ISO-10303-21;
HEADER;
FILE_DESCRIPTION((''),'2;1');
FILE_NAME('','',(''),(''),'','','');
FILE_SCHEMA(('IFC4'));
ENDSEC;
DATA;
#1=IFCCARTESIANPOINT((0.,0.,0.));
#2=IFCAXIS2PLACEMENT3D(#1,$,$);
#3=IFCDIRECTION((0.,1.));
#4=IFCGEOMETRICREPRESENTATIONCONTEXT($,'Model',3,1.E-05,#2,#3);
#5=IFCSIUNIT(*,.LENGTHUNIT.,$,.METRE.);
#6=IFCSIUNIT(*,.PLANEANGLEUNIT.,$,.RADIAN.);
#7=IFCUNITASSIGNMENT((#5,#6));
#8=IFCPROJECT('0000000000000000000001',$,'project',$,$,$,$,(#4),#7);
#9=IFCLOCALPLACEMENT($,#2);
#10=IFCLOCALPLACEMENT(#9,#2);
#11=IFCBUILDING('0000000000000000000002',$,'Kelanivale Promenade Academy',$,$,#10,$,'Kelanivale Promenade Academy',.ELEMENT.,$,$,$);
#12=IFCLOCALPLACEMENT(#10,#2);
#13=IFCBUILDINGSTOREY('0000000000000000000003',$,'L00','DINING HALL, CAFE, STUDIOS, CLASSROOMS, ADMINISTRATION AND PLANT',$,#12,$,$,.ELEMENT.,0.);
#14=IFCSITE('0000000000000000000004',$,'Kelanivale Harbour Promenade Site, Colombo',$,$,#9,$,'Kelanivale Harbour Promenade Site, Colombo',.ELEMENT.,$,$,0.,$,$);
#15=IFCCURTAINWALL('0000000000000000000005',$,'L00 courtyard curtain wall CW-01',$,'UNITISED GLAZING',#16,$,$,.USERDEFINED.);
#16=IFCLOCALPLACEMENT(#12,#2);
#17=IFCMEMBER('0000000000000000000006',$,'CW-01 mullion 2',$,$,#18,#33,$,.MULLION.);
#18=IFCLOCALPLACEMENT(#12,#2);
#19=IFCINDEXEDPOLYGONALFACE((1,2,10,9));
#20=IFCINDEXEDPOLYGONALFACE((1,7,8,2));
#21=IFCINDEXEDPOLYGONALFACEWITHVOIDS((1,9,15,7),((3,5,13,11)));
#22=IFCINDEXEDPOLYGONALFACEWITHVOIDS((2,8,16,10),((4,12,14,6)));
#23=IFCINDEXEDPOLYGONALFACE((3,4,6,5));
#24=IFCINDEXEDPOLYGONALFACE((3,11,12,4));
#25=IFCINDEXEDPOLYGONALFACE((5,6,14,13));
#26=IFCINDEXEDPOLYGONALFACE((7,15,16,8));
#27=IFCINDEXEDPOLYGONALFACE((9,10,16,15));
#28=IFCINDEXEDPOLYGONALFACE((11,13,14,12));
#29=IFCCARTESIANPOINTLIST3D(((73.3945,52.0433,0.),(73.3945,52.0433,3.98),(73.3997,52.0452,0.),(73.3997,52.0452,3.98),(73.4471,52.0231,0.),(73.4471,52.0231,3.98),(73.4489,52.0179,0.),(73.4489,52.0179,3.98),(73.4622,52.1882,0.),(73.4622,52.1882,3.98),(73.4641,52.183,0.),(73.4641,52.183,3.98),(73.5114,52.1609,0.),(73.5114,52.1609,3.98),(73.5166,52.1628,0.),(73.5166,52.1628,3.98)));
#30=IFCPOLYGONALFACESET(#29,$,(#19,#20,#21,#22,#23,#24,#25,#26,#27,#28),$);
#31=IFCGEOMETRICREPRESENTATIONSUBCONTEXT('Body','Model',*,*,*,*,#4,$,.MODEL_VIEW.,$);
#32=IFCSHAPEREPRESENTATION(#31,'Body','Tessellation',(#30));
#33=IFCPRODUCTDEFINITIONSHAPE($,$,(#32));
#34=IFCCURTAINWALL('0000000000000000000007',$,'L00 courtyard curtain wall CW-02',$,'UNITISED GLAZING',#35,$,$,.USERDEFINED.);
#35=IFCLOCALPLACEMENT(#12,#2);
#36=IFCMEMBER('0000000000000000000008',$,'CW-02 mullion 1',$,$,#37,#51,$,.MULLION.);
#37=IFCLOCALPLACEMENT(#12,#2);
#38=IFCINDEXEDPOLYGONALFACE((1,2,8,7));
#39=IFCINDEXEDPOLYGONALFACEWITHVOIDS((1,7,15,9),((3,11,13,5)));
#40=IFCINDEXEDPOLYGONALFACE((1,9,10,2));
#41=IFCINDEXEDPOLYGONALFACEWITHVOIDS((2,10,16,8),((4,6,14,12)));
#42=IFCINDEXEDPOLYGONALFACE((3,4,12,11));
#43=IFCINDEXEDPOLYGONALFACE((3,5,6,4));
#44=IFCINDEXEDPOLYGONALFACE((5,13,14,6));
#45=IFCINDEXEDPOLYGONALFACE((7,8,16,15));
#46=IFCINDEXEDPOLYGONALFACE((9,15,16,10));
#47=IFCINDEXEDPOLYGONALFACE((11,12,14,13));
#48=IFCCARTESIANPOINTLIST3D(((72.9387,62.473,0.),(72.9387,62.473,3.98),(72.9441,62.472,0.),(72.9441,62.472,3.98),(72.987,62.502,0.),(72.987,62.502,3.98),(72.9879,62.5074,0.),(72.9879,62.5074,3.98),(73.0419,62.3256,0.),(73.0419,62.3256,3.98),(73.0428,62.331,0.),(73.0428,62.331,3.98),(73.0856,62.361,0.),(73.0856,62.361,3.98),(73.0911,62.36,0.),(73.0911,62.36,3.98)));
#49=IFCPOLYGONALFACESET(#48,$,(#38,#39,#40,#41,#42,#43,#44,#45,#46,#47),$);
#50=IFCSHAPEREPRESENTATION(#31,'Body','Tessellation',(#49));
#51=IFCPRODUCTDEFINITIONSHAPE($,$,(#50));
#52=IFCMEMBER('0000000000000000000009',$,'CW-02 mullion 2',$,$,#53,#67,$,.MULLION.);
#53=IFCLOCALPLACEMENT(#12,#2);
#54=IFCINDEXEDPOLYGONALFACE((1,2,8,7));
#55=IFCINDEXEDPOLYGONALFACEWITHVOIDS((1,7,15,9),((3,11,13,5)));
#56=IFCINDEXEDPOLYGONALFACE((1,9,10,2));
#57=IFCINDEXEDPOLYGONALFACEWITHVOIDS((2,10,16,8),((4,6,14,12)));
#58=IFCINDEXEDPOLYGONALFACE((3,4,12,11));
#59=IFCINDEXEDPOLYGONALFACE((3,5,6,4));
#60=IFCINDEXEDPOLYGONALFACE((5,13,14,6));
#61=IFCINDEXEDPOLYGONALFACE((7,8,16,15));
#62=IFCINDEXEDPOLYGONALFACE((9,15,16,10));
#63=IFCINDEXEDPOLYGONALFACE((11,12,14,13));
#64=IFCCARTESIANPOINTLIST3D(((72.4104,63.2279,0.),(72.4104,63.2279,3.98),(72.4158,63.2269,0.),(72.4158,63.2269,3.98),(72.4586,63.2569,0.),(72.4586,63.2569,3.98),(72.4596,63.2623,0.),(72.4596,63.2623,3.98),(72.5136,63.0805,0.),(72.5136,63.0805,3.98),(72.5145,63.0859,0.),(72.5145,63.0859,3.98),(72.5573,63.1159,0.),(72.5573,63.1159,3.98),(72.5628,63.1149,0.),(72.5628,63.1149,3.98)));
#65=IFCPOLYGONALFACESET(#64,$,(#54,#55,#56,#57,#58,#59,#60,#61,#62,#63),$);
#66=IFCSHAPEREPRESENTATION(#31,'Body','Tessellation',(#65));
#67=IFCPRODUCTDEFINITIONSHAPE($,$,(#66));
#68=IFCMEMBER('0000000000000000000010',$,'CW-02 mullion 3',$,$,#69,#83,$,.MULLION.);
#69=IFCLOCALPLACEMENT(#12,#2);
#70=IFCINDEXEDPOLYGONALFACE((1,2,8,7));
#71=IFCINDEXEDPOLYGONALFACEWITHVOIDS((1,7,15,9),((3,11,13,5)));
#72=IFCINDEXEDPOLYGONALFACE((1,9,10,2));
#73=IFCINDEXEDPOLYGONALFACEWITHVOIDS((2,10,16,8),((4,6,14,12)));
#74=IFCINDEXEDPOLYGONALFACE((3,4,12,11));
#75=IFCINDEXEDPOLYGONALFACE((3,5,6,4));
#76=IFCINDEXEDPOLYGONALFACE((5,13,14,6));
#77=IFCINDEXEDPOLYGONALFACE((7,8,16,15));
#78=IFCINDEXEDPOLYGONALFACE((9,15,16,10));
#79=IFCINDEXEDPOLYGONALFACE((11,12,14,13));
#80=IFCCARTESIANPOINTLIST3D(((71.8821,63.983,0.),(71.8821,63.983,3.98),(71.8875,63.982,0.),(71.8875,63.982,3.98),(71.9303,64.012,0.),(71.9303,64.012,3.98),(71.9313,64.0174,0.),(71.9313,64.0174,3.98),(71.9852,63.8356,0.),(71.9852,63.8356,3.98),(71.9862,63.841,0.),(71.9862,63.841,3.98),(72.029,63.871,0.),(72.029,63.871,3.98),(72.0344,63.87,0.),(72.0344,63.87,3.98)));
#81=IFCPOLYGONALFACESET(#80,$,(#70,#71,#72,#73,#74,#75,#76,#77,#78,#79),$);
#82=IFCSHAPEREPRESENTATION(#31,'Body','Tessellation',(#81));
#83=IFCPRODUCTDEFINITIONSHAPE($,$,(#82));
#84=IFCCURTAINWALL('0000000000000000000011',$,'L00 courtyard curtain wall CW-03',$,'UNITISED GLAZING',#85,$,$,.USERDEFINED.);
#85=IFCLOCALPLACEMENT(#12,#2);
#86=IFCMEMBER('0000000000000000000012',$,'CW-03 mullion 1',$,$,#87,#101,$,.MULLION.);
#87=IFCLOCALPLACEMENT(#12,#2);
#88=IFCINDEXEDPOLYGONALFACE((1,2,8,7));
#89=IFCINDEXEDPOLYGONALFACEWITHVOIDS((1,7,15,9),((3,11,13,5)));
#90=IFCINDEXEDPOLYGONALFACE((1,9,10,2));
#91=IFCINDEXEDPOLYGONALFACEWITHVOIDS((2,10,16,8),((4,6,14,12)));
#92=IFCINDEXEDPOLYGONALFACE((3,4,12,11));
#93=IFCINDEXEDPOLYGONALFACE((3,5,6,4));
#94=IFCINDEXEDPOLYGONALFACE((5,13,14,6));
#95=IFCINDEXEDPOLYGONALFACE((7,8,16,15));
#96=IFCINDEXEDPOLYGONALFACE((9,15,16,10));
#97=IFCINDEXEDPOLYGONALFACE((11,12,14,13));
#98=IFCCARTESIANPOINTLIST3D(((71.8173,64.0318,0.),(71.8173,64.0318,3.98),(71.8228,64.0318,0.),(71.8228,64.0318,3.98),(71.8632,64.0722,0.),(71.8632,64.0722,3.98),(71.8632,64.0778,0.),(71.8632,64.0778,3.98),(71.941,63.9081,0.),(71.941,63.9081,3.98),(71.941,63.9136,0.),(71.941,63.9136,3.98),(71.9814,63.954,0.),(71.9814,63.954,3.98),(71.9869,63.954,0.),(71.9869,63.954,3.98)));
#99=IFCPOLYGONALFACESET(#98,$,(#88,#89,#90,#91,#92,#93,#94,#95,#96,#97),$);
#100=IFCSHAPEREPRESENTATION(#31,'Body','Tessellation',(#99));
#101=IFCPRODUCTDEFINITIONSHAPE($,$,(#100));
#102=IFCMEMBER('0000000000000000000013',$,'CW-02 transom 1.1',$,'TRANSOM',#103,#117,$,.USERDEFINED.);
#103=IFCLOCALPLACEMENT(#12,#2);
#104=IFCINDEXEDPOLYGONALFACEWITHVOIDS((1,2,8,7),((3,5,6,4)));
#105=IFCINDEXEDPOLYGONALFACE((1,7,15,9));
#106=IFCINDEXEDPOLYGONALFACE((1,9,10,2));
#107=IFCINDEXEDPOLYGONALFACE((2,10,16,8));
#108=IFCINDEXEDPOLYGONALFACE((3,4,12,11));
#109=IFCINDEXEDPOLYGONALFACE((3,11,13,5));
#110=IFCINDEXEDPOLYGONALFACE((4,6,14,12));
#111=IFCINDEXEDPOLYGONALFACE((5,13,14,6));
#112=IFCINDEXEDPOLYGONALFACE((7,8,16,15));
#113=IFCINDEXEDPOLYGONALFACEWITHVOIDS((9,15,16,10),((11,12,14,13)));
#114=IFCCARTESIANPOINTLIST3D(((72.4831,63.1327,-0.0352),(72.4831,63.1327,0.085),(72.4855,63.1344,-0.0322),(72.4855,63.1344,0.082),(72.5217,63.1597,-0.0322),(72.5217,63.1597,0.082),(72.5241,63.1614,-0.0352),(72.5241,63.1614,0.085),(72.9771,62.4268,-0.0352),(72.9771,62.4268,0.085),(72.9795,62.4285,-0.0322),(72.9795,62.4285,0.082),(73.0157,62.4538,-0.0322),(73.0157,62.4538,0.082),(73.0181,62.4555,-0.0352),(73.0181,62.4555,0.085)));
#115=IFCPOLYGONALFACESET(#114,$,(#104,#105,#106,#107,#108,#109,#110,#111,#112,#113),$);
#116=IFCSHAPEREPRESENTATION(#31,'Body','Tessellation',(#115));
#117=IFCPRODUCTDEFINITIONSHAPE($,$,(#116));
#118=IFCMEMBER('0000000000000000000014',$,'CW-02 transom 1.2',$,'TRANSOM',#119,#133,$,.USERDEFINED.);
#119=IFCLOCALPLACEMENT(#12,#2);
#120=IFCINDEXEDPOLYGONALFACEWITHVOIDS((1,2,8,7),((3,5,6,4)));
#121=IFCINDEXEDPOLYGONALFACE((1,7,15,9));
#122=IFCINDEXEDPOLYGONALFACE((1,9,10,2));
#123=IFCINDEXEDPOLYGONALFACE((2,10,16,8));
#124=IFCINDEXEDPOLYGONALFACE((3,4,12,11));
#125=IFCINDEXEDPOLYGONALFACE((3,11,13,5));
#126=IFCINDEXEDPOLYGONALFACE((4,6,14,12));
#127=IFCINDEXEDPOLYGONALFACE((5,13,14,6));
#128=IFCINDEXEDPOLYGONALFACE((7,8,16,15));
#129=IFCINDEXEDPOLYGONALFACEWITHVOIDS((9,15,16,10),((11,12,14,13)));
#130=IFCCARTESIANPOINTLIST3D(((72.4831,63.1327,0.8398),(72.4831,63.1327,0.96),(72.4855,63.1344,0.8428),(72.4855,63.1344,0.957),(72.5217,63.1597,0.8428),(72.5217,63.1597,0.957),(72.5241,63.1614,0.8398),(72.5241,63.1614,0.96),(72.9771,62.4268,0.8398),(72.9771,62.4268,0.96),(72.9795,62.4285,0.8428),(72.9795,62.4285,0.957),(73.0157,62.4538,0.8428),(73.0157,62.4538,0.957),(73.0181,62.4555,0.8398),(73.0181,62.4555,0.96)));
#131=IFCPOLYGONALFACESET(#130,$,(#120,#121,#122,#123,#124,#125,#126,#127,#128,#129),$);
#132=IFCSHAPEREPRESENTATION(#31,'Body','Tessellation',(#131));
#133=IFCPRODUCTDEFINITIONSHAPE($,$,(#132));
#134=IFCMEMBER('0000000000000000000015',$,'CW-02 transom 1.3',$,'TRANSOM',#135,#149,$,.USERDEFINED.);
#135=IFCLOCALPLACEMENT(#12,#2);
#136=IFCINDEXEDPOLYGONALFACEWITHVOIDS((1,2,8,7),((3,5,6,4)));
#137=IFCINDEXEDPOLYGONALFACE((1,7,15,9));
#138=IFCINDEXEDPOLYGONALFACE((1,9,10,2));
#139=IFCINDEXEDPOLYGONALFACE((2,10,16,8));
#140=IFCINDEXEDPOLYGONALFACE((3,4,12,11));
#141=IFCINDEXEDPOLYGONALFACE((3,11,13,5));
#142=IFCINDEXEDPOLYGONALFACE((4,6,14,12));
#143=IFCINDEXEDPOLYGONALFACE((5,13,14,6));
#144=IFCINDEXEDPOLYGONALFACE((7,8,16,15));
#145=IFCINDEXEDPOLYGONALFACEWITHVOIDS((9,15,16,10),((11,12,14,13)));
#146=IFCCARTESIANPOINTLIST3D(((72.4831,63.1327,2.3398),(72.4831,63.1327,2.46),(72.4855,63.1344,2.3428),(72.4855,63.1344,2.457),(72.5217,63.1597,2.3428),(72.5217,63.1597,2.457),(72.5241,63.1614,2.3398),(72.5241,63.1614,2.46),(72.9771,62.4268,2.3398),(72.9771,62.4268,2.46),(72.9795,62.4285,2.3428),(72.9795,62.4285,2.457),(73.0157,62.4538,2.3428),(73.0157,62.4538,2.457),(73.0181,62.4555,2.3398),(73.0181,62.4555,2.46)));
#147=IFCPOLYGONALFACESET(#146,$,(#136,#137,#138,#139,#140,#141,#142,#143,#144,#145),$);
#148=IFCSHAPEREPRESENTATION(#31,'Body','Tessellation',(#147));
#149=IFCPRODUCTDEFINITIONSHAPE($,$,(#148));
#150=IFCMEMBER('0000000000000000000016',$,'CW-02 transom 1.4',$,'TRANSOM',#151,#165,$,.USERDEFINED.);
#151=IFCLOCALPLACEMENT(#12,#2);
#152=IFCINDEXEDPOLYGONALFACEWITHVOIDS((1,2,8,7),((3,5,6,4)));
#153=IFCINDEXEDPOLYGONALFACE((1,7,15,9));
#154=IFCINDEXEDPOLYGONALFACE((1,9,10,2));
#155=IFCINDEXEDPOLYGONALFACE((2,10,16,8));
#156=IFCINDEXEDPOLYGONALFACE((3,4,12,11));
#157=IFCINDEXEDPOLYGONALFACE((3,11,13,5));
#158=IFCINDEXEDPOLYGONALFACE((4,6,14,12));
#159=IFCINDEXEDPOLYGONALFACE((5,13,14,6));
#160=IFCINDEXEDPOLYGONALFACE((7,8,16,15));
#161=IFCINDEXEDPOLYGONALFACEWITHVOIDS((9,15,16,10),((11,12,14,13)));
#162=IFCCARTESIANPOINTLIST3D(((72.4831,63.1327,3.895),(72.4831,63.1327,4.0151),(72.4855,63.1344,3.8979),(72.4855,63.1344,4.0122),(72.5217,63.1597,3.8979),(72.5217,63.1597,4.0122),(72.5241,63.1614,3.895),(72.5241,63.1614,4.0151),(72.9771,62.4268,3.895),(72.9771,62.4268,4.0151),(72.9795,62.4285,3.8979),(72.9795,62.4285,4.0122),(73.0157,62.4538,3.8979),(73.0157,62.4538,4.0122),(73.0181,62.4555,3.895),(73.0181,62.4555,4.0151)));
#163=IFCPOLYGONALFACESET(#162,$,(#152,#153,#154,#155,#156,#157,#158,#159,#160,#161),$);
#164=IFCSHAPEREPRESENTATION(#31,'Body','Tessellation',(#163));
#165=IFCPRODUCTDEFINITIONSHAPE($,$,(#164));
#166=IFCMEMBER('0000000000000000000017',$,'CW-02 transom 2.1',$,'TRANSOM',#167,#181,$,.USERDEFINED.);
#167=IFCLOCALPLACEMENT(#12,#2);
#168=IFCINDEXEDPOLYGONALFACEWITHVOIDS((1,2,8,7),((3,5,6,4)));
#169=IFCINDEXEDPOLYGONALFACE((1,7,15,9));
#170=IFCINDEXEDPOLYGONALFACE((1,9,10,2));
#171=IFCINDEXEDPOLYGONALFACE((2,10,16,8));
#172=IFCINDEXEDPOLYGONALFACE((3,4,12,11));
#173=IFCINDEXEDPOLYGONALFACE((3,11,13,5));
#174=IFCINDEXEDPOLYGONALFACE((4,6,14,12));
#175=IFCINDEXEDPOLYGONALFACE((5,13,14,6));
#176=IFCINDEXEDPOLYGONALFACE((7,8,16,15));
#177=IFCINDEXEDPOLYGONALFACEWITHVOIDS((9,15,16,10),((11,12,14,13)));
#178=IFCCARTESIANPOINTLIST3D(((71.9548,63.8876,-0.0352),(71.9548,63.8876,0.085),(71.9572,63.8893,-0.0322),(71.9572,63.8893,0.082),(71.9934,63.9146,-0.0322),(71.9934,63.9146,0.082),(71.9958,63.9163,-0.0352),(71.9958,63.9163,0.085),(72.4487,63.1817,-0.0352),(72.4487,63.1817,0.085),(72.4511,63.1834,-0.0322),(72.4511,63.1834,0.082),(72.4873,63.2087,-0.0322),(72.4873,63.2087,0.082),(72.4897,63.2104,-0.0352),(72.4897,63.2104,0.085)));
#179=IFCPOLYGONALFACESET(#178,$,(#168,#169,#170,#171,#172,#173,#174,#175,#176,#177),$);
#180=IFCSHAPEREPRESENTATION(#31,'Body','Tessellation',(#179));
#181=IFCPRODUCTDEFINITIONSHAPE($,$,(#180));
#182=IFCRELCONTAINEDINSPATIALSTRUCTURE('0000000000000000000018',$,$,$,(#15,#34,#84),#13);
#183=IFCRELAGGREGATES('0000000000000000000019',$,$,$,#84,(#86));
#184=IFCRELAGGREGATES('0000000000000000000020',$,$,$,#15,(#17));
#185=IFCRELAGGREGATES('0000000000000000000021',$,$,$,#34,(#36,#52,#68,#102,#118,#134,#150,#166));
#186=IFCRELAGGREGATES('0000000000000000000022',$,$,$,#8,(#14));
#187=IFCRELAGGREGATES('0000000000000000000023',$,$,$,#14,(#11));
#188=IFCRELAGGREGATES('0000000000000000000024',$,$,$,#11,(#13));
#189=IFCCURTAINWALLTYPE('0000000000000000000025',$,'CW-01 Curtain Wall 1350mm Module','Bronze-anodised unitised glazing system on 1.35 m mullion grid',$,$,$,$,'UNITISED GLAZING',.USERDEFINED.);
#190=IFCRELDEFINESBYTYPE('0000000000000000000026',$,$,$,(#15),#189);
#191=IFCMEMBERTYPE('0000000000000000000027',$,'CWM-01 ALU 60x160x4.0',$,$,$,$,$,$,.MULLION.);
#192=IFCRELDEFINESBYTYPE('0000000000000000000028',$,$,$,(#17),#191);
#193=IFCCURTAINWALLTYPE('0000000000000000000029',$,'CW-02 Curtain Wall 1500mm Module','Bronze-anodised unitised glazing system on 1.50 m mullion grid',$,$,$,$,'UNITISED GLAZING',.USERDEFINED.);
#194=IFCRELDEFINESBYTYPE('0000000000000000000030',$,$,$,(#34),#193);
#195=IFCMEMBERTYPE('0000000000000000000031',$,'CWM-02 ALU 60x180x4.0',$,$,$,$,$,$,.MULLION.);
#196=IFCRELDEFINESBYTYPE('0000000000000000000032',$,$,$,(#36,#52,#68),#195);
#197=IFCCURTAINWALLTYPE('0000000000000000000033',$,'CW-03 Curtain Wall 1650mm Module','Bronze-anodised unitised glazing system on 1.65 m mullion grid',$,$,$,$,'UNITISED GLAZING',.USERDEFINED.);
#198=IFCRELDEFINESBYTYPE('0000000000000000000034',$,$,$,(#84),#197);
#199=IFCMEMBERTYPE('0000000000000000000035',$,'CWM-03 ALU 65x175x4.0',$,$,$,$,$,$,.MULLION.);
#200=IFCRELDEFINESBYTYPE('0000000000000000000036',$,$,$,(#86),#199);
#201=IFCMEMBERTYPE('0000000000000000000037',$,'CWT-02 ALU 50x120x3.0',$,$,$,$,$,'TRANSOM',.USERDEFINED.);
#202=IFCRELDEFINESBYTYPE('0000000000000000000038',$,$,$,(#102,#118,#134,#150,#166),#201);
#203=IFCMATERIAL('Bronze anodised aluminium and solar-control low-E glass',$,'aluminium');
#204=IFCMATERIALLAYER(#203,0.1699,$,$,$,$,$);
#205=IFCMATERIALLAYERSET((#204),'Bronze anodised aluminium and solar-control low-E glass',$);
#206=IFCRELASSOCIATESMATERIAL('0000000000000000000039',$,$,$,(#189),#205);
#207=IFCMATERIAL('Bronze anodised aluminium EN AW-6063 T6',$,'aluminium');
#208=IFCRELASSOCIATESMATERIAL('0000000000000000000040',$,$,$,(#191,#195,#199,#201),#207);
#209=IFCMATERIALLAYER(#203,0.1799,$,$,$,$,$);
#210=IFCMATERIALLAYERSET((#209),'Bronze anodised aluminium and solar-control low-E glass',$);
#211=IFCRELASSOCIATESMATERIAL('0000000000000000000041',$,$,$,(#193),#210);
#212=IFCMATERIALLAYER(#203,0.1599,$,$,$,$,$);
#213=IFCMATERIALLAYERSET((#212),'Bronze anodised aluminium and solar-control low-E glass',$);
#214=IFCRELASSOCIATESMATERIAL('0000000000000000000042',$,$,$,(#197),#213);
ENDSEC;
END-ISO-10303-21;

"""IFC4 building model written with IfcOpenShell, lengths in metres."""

from ifc_helpers import new_model, si_unit, direction, frame, origin, origin_2d, place, context, subcontext, project, spatial, hollow_rectangle, extrude, material, layer, layer_set, material_profile, profile_set, type_object, element, aggregate, save


model = new_model("IFC4")

# Units and contexts
model_context = context("Model", 3, precision=1e-05, world=origin(), true_north=direction((0.0, 1.0)))
body_context = subcontext(model_context, "Body", "Model", "MODEL_VIEW")
ifc_project = project(units=[si_unit("LENGTHUNIT", "METRE"), si_unit("PLANEANGLEUNIT", "RADIAN")], contexts=[model_context])

# Site, building, storey
site_placement = place(None, origin())
site = spatial("IfcSite", under=ifc_project, at=site_placement, Name="Kelanivale Harbour Promenade Site, Colombo", LongName="Kelanivale Harbour Promenade Site, Colombo", CompositionType="ELEMENT", RefElevation=0.0)
building_placement = place(site_placement, origin())
building = spatial("IfcBuilding", under=site, at=building_placement, Name="Kelanivale Promenade Academy", LongName="Kelanivale Promenade Academy", CompositionType="ELEMENT")
storey_placement = place(building_placement, origin())
storey = spatial("IfcBuildingStorey", under=building, at=storey_placement, Name="L00", Description="DINING HALL, CAFE, STUDIOS, CLASSROOMS, ADMINISTRATION AND PLANT", CompositionType="ELEMENT", Elevation=0.0)

# Curtain wall, member
ifc_material_1 = material(Name="Bronze anodised aluminium and solar-control low-E glass", Category="aluminium")
ifc_layer_1 = layer(ifc_material_1, 0.1699)
ifc_layer_set_1 = layer_set([ifc_layer_1], Name="Bronze anodised aluminium and solar-control low-E glass")
curtain_wall_type_1 = type_object("IfcCurtainWallType", Name="CW-01 Curtain Wall 1350mm Module", Description="Bronze-anodised unitised glazing system on 1.35 m mullion grid", ElementType="UNITISED GLAZING", PredefinedType="USERDEFINED", material=ifc_layer_set_1)
curtain_wall_1_placement = place(storey_placement, origin())
curtain_wall_1 = element("IfcCurtainWall", 1, at=curtain_wall_1_placement, inside=storey, type_object=curtain_wall_type_1, Name="L00 courtyard curtain wall CW-01", ObjectType="UNITISED GLAZING", PredefinedType="USERDEFINED")
ifc_material_2 = material(Name="Bronze anodised aluminium EN AW-6063 T6", Category="aluminium")
ifc_material_profile_1 = material_profile(ifc_material_2, hollow_rectangle(XDim=0.0601, YDim=0.1599, WallThickness=0.0039, at=origin_2d()), Name="ALU 60x160x4.0")
ifc_profile_set_1 = profile_set([ifc_material_profile_1], Name="Bronze anodised aluminium EN AW-6063 T6")
member_type_1 = type_object("IfcMemberType", Name="CWM-01 ALU 60x160x4.0", PredefinedType="MULLION", material=ifc_profile_set_1)
member_1_placement = place(storey_placement, frame((73.4556, 52.103, 0.0), z_axis=(0.0, 0.0, 1.0), x_axis=(-0.906089, 0.423087, 0.0)))
member_1 = element("IfcMember", 2, at=member_1_placement, type_object=member_type_1, Name="CW-01 mullion 2", PredefinedType="MULLION", context=body_context, shape_type="SweptSolid", body=[
    extrude(hollow_rectangle(XDim=0.0601, YDim=0.1599, WallThickness=0.0039, at=origin_2d()), origin(), (0.0, 0.0, 1.0), 3.98),
])

# Curtain wall, members
ifc_layer_2 = layer(ifc_material_1, 0.1799)
ifc_layer_set_2 = layer_set([ifc_layer_2], Name="Bronze anodised aluminium and solar-control low-E glass")
curtain_wall_type_2 = type_object("IfcCurtainWallType", Name="CW-02 Curtain Wall 1500mm Module", Description="Bronze-anodised unitised glazing system on 1.50 m mullion grid", ElementType="UNITISED GLAZING", PredefinedType="USERDEFINED", material=ifc_layer_set_2)
curtain_wall_2_placement = place(storey_placement, origin())
curtain_wall_2 = element("IfcCurtainWall", 3, at=curtain_wall_2_placement, inside=storey, type_object=curtain_wall_type_2, Name="L00 courtyard curtain wall CW-02", ObjectType="UNITISED GLAZING", PredefinedType="USERDEFINED")
ifc_material_profile_2 = material_profile(ifc_material_2, hollow_rectangle(XDim=0.0601, YDim=0.1799, WallThickness=0.0039, at=origin_2d()), Name="ALU 60x180x4.0")
ifc_profile_set_2 = profile_set([ifc_material_profile_2], Name="Bronze anodised aluminium EN AW-6063 T6")
member_type_2 = type_object("IfcMemberType", Name="CWM-02 ALU 60x180x4.0", PredefinedType="MULLION", material=ifc_profile_set_2)
member_2_placement = place(storey_placement, frame((73.0149, 62.4165, 0.0), z_axis=(0.0, 0.0, 1.0), x_axis=(-0.819306, -0.573357, 0.0)))
member_2 = element("IfcMember", 4, at=member_2_placement, type_object=member_type_2, Name="CW-02 mullion 1", PredefinedType="MULLION", context=body_context, shape_type="SweptSolid", body=[
    extrude(hollow_rectangle(XDim=0.0601, YDim=0.1799, WallThickness=0.0039, at=origin_2d()), origin(), (0.0, 0.0, 1.0), 3.98),
])
member_3_placement = place(storey_placement, frame((72.4866, 63.1714, 0.0), z_axis=(0.0, 0.0, 1.0), x_axis=(-0.819306, -0.573357, 0.0)))
member_3 = element("IfcMember", 5, at=member_3_placement, type_object=member_type_2, Name="CW-02 mullion 2", PredefinedType="MULLION", context=body_context, shape_type="SweptSolid", body=[
    extrude(hollow_rectangle(XDim=0.0601, YDim=0.1799, WallThickness=0.0039, at=origin_2d()), origin(), (0.0, 0.0, 1.0), 3.98),
])
member_4_placement = place(storey_placement, frame((71.9583, 63.9265, 0.0), z_axis=(0.0, 0.0, 1.0), x_axis=(-0.819306, -0.573357, 0.0)))
member_4 = element("IfcMember", 6, at=member_4_placement, type_object=member_type_2, Name="CW-02 mullion 3", PredefinedType="MULLION", context=body_context, shape_type="SweptSolid", body=[
    extrude(hollow_rectangle(XDim=0.0601, YDim=0.1799, WallThickness=0.0039, at=origin_2d()), origin(), (0.0, 0.0, 1.0), 3.98),
])

# Curtain wall, member
ifc_layer_3 = layer(ifc_material_1, 0.1599)
ifc_layer_set_3 = layer_set([ifc_layer_3], Name="Bronze anodised aluminium and solar-control low-E glass")
curtain_wall_type_3 = type_object("IfcCurtainWallType", Name="CW-03 Curtain Wall 1650mm Module", Description="Bronze-anodised unitised glazing system on 1.65 m mullion grid", ElementType="UNITISED GLAZING", PredefinedType="USERDEFINED", material=ifc_layer_set_3)
curtain_wall_3_placement = place(storey_placement, origin())
curtain_wall_3 = element("IfcCurtainWall", 7, at=curtain_wall_3_placement, inside=storey, type_object=curtain_wall_type_3, Name="L00 courtyard curtain wall CW-03", ObjectType="UNITISED GLAZING", PredefinedType="USERDEFINED")
ifc_material_profile_3 = material_profile(ifc_material_2, hollow_rectangle(XDim=0.0649, YDim=0.175, WallThickness=0.0039, at=origin_2d()), Name="ALU 65x175x4.0")
ifc_profile_set_3 = profile_set([ifc_material_profile_3], Name="Bronze anodised aluminium EN AW-6063 T6")
member_type_3 = type_object("IfcMemberType", Name="CWM-03 ALU 65x175x4.0", PredefinedType="MULLION", material=ifc_profile_set_3)
member_5_placement = place(storey_placement, frame((71.9021, 63.9929, 0.0), z_axis=(0.0, 0.0, 1.0), x_axis=(-0.707107, -0.707107, 0.0)))
member_5 = element("IfcMember", 8, at=member_5_placement, type_object=member_type_3, Name="CW-03 mullion 1", PredefinedType="MULLION", context=body_context, shape_type="SweptSolid", body=[
    extrude(hollow_rectangle(XDim=0.0649, YDim=0.175, WallThickness=0.0039, at=origin_2d()), origin(), (0.0, 0.0, 1.0), 3.98),
])

# Members
ifc_material_profile_4 = material_profile(ifc_material_2, hollow_rectangle(XDim=0.05, YDim=0.1201, WallThickness=0.0029, at=origin_2d()), Name="ALU 50x120x3.0")
ifc_profile_set_4 = profile_set([ifc_material_profile_4], Name="Bronze anodised aluminium EN AW-6063 T6")
member_type_4 = type_object("IfcMemberType", Name="CWT-02 ALU 50x120x3.0", ElementType="TRANSOM", PredefinedType="USERDEFINED", material=ifc_profile_set_4)
member_6_placement = place(storey_placement, frame((72.9976, 62.4412, 0.0249), z_axis=(-0.573329, 0.819325, 0.0), x_axis=(-0.819325, -0.573329, 0.0)))
member_6 = element("IfcMember", 9, at=member_6_placement, type_object=member_type_4, Name="CW-02 transom 1.1", ObjectType="TRANSOM", PredefinedType="USERDEFINED", context=body_context, shape_type="SweptSolid", body=[
    extrude(hollow_rectangle(XDim=0.05, YDim=0.1201, WallThickness=0.0029, at=origin_2d()), origin(), (0.0, 0.0, 1.0), 0.8616),
])
member_7_placement = place(storey_placement, frame((72.9976, 62.4412, 0.8999), z_axis=(-0.573329, 0.819325, 0.0), x_axis=(-0.819325, -0.573329, 0.0)))
member_7 = element("IfcMember", 10, at=member_7_placement, type_object=member_type_4, Name="CW-02 transom 1.2", ObjectType="TRANSOM", PredefinedType="USERDEFINED", context=body_context, shape_type="SweptSolid", body=[
    extrude(hollow_rectangle(XDim=0.05, YDim=0.1201, WallThickness=0.0029, at=origin_2d()), origin(), (0.0, 0.0, 1.0), 0.8616),
])
member_8_placement = place(storey_placement, frame((72.9976, 62.4412, 2.3999), z_axis=(-0.573329, 0.819325, 0.0), x_axis=(-0.819325, -0.573329, 0.0)))
member_8 = element("IfcMember", 11, at=member_8_placement, type_object=member_type_4, Name="CW-02 transom 1.3", ObjectType="TRANSOM", PredefinedType="USERDEFINED", context=body_context, shape_type="SweptSolid", body=[
    extrude(hollow_rectangle(XDim=0.05, YDim=0.1201, WallThickness=0.0029, at=origin_2d()), origin(), (0.0, 0.0, 1.0), 0.8616),
])
member_9_placement = place(storey_placement, frame((72.9976, 62.4412, 3.9551), z_axis=(-0.573329, 0.819325, 0.0), x_axis=(-0.819325, -0.573329, 0.0)))
member_9 = element("IfcMember", 12, at=member_9_placement, type_object=member_type_4, Name="CW-02 transom 1.4", ObjectType="TRANSOM", PredefinedType="USERDEFINED", context=body_context, shape_type="SweptSolid", body=[
    extrude(hollow_rectangle(XDim=0.05, YDim=0.1201, WallThickness=0.0029, at=origin_2d()), origin(), (0.0, 0.0, 1.0), 0.8616),
])
member_10_placement = place(storey_placement, frame((72.4692, 63.196, 0.0249), z_axis=(-0.573329, 0.819325, 0.0), x_axis=(-0.819325, -0.573329, 0.0)))
member_10 = element("IfcMember", 13, at=member_10_placement, type_object=member_type_4, Name="CW-02 transom 2.1", ObjectType="TRANSOM", PredefinedType="USERDEFINED", context=body_context, shape_type="SweptSolid", body=[
    extrude(hollow_rectangle(XDim=0.05, YDim=0.1201, WallThickness=0.0029, at=origin_2d()), origin(), (0.0, 0.0, 1.0), 0.8616),
])
aggregate(curtain_wall_3, [member_5])

aggregate(curtain_wall_1, [member_1])
aggregate(curtain_wall_2, [member_2, member_3, member_4, member_6, member_7, member_8, member_9, member_10])

save(model, "model.ifc")
